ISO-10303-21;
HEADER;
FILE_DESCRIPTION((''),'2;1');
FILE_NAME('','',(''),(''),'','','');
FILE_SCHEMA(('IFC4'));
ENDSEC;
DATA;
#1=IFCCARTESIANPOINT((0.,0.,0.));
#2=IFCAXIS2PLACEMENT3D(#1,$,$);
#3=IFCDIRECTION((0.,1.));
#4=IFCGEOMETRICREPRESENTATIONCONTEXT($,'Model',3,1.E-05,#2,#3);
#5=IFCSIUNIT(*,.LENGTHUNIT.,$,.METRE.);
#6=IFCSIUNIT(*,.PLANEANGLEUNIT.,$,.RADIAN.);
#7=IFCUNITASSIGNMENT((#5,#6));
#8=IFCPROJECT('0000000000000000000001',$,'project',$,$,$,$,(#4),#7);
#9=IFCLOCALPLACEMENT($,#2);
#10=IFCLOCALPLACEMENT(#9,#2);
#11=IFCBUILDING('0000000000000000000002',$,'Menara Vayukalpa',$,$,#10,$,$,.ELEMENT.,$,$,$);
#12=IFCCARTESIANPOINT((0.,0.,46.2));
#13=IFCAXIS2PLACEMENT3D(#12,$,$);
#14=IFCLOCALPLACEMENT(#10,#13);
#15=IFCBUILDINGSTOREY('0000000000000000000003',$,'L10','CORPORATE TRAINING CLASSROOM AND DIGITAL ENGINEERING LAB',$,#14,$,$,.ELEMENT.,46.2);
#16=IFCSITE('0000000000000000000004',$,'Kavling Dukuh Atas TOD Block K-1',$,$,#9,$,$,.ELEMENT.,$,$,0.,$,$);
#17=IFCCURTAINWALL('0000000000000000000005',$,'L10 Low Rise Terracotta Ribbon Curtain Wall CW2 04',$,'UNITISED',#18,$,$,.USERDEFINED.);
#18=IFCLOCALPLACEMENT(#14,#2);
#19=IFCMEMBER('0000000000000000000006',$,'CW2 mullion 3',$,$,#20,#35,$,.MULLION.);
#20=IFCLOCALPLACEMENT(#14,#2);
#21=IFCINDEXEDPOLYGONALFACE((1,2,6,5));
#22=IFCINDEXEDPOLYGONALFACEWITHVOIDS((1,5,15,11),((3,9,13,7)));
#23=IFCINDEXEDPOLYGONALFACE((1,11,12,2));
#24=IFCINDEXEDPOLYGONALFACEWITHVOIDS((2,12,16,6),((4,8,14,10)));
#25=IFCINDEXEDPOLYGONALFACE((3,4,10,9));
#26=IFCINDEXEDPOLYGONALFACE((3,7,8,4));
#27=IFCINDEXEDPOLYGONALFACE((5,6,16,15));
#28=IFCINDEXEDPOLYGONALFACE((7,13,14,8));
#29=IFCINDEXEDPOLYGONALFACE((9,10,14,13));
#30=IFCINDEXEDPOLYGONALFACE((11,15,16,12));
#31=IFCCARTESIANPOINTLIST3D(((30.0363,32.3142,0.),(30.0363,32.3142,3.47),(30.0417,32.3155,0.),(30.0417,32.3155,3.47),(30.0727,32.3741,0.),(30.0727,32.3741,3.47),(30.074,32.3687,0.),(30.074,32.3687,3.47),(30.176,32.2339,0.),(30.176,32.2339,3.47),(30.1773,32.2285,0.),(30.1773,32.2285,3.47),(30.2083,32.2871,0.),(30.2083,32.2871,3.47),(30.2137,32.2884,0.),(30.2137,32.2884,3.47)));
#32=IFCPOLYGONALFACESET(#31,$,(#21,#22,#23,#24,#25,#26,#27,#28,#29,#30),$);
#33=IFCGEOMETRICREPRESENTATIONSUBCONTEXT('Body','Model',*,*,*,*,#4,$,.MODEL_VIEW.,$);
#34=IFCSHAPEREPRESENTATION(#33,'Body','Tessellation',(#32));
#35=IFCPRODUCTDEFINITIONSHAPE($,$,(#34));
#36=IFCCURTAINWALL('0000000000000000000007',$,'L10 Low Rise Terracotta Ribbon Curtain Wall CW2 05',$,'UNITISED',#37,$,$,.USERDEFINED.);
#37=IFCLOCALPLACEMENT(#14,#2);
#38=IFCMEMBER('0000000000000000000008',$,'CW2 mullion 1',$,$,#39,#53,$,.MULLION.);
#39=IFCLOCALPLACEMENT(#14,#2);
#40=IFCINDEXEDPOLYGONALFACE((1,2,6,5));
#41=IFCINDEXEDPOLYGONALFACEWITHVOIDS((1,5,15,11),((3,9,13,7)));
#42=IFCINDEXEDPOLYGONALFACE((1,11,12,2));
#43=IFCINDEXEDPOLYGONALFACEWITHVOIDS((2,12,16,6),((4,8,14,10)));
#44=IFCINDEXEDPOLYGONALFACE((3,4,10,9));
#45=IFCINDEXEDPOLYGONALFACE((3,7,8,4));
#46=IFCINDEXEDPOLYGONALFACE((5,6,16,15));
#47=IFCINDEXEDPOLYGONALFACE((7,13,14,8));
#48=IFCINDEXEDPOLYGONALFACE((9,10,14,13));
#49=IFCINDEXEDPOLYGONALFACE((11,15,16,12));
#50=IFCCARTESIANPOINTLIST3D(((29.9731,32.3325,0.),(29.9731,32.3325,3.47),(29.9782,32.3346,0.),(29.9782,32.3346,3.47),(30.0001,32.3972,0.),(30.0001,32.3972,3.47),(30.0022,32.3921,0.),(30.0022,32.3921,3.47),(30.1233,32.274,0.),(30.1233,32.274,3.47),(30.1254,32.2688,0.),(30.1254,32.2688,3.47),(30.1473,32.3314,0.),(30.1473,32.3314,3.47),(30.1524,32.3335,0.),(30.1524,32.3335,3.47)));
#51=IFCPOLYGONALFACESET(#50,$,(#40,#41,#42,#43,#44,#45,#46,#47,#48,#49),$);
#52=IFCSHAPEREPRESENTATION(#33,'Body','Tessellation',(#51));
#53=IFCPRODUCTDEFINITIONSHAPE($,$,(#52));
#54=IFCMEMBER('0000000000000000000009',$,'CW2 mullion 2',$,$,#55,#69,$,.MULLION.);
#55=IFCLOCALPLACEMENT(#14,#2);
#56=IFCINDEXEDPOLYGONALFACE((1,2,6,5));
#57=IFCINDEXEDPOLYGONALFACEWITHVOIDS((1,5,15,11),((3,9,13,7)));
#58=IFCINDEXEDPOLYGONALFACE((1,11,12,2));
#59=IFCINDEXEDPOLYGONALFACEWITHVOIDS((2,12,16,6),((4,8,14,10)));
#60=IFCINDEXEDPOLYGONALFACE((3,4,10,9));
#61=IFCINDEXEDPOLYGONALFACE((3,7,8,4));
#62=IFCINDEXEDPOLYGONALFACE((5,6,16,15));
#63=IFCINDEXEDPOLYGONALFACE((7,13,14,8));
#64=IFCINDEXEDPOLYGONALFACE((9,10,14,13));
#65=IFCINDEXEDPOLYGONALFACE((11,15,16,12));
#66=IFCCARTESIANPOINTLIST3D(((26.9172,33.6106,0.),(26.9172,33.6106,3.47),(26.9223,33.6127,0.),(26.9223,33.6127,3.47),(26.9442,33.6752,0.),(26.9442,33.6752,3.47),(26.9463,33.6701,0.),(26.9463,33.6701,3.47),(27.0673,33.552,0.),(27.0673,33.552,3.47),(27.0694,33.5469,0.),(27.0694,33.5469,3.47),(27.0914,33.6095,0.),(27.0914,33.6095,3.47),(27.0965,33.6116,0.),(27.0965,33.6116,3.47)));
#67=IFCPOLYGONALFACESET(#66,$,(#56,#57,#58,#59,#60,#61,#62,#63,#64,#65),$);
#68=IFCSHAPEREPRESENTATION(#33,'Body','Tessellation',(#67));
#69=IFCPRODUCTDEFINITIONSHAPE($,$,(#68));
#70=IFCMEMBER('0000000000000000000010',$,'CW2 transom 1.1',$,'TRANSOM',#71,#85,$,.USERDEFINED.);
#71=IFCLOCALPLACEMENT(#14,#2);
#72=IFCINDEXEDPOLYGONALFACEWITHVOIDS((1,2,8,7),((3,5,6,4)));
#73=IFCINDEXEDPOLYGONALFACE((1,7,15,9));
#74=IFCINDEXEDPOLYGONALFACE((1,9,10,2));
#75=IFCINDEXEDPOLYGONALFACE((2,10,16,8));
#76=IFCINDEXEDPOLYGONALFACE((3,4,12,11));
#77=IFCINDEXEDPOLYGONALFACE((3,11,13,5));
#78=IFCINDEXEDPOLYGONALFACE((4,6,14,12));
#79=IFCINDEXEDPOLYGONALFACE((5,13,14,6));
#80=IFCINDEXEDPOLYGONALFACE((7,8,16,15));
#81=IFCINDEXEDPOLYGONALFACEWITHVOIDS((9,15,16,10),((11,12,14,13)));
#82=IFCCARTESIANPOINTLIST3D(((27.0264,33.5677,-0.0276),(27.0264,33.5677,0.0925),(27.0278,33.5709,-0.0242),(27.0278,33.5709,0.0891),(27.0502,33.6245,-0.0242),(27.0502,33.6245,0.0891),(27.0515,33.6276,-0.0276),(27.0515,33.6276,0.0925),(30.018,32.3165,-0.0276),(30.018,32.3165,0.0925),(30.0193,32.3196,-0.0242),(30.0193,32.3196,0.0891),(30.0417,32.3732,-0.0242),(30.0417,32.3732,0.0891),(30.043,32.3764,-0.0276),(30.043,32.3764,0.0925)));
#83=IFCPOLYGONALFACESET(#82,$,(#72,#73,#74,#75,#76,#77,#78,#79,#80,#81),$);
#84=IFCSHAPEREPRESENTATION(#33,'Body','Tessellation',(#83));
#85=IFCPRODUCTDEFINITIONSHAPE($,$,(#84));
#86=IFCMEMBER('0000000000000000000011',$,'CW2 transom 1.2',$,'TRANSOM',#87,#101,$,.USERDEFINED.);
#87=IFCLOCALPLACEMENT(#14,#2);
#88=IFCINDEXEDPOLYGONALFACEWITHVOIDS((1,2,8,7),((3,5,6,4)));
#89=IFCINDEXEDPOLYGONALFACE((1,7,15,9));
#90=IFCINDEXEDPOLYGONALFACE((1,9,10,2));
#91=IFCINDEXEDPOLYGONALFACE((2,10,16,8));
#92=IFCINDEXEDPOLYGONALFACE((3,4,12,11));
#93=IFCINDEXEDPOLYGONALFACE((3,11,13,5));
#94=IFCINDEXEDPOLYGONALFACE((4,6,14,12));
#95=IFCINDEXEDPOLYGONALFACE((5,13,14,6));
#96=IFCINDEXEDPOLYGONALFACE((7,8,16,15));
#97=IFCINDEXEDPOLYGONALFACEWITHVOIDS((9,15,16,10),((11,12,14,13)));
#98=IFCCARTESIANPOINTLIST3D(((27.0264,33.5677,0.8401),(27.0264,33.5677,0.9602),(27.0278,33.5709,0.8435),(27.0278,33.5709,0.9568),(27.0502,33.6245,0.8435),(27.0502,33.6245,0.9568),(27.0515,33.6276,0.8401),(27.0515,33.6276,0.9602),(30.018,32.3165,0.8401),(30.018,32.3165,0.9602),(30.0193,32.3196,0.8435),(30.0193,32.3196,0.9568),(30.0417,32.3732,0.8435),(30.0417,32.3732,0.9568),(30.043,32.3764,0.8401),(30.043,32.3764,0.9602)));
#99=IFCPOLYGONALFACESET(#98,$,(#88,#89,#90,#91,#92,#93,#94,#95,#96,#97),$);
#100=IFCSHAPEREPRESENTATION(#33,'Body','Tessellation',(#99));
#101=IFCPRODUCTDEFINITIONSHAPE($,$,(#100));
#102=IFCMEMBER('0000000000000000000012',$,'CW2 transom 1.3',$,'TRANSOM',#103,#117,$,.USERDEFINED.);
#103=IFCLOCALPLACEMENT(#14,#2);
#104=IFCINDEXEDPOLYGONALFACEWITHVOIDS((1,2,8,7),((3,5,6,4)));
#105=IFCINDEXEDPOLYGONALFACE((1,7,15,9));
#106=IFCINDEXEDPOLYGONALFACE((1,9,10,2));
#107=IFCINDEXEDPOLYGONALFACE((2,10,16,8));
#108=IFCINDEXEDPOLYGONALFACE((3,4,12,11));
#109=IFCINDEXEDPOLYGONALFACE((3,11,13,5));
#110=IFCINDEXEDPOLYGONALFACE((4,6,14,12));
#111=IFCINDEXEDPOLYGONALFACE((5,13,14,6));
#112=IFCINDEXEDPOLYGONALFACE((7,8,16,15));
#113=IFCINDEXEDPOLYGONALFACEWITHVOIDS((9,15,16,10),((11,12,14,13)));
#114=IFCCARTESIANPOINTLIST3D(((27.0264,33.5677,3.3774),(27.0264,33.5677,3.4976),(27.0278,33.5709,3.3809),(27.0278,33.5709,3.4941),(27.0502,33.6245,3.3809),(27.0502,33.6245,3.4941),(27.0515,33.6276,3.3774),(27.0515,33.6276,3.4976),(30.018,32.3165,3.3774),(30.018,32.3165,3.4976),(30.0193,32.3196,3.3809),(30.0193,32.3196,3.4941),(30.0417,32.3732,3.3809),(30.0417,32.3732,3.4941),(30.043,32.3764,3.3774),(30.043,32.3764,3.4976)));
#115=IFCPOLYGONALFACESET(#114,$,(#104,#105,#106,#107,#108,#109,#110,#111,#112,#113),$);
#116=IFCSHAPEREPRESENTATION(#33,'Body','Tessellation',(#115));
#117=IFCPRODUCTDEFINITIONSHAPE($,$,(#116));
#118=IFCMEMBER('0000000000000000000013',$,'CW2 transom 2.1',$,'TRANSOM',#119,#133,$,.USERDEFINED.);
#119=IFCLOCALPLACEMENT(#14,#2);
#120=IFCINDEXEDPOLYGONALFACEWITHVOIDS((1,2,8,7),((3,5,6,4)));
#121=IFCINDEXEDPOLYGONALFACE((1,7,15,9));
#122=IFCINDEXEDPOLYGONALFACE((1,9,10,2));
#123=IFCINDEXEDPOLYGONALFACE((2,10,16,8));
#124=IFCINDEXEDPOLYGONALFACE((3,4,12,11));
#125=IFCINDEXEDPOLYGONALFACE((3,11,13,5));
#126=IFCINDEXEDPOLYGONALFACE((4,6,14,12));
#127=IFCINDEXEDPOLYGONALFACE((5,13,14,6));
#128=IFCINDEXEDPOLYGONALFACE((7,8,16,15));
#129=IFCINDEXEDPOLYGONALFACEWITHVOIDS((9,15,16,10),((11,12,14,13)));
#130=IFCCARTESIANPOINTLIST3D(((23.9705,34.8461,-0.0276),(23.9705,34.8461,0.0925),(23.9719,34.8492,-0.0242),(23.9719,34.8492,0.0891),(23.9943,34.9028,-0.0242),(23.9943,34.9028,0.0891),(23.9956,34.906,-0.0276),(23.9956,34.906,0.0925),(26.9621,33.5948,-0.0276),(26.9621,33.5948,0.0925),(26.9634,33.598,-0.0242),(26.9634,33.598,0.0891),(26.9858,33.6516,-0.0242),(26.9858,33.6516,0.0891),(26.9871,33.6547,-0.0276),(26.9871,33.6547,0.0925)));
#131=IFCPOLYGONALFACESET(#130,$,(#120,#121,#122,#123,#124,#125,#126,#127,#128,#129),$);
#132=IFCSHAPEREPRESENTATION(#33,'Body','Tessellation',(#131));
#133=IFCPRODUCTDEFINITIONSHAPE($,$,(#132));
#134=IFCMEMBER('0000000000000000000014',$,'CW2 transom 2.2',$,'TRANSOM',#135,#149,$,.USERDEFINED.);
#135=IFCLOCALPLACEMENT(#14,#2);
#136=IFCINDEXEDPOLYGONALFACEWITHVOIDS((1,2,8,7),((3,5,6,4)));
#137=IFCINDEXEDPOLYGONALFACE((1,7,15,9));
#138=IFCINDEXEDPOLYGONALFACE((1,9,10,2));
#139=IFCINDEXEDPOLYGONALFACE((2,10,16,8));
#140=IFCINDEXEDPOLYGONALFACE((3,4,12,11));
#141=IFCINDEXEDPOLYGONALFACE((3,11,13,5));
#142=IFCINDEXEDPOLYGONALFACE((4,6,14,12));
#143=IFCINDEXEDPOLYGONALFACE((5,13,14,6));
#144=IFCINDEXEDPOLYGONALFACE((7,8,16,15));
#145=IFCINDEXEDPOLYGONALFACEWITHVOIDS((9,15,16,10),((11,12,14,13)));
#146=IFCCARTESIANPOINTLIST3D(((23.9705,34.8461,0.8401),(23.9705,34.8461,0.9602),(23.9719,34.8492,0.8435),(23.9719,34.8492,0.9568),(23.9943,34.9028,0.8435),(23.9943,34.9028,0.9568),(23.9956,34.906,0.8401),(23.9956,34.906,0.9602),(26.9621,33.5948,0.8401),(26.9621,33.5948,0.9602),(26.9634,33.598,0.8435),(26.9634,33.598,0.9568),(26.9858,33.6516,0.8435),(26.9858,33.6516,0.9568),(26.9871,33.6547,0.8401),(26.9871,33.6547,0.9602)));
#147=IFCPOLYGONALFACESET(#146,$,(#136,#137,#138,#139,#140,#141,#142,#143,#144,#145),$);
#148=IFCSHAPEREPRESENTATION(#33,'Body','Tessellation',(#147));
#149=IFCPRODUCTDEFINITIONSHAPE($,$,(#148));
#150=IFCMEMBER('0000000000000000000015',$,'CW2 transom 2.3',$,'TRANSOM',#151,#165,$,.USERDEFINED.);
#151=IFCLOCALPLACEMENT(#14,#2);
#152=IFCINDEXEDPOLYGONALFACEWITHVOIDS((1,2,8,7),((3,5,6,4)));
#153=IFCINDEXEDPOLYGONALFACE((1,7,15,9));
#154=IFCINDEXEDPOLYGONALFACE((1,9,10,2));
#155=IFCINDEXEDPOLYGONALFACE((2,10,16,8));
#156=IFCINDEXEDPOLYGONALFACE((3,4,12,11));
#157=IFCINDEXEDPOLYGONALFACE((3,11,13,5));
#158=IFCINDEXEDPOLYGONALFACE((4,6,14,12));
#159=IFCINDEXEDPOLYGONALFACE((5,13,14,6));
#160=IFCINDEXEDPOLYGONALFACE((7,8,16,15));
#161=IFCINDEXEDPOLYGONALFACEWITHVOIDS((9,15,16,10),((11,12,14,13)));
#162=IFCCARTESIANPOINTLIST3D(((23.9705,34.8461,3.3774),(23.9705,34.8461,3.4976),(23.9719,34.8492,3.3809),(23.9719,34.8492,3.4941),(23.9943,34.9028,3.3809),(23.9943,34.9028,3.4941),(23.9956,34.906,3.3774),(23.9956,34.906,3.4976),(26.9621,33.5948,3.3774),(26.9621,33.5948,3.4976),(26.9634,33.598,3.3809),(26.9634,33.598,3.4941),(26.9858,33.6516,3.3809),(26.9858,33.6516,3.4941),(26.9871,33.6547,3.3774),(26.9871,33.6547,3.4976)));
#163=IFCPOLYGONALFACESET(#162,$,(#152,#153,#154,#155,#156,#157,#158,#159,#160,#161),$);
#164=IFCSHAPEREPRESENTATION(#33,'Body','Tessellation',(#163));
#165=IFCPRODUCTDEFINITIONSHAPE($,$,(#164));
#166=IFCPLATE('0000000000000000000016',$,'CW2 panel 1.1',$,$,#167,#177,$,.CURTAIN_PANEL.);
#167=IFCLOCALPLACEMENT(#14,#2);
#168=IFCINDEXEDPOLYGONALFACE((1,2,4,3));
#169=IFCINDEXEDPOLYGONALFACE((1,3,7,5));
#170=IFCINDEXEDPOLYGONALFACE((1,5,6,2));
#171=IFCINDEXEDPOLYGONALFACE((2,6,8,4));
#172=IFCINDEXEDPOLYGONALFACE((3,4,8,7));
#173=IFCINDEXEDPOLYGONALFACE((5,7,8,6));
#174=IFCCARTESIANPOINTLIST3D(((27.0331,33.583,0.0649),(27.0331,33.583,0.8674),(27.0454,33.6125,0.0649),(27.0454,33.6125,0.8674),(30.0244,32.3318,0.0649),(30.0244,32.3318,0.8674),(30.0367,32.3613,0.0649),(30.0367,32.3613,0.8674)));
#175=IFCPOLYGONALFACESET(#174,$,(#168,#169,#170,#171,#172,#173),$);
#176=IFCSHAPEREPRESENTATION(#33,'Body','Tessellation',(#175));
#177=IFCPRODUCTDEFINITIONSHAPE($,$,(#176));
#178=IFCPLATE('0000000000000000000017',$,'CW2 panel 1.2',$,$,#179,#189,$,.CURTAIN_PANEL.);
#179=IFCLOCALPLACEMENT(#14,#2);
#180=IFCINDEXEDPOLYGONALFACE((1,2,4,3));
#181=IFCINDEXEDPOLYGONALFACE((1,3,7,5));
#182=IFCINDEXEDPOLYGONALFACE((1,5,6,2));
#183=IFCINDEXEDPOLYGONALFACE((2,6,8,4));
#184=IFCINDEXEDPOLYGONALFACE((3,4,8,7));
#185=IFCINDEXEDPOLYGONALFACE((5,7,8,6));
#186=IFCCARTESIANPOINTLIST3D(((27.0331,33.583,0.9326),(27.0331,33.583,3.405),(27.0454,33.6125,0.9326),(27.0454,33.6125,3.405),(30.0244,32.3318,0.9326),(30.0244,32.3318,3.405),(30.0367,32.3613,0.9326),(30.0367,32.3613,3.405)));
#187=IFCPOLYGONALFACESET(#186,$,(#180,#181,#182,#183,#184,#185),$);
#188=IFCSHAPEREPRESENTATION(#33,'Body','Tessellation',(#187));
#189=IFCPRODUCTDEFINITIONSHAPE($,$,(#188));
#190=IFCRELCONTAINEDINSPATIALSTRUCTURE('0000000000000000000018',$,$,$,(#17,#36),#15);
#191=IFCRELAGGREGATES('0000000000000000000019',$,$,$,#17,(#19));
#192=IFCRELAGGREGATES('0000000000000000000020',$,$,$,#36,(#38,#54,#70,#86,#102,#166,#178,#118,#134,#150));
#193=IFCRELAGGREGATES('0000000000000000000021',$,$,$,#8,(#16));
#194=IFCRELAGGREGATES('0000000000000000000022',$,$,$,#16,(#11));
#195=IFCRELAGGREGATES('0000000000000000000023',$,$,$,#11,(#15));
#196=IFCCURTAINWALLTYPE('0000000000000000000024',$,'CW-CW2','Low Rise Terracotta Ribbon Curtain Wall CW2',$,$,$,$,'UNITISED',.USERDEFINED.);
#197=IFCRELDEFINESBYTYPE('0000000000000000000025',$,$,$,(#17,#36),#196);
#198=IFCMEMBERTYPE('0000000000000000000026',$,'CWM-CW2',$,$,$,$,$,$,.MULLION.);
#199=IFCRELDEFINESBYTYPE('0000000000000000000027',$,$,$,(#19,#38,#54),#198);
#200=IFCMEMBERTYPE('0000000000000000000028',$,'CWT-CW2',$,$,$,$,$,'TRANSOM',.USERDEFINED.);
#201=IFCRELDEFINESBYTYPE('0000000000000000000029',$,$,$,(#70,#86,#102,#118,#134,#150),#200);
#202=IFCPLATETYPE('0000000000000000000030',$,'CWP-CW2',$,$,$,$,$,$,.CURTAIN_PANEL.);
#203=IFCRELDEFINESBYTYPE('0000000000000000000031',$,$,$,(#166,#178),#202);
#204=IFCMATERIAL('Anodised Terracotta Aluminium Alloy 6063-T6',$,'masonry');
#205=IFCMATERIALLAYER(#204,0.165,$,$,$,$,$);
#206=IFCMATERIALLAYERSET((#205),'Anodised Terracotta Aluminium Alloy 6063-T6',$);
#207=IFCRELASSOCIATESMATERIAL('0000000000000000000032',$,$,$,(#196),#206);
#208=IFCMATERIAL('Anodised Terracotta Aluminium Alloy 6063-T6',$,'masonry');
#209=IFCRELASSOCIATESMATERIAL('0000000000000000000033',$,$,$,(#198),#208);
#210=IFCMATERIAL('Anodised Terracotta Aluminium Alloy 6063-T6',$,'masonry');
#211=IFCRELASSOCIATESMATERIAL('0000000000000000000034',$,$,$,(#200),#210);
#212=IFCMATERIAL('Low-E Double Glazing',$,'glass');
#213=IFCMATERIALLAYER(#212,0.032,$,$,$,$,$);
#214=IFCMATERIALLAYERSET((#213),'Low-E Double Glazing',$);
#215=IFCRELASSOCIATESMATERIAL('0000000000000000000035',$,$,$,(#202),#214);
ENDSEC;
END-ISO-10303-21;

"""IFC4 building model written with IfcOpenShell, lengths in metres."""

from ifc_helpers import new_model, si_unit, direction, frame, origin, origin_2d, place, context, subcontext, project, spatial, rectangle, hollow_rectangle, extrude, material, layer, layer_set, material_profile, profile_set, type_object, element, aggregate, save


model = new_model("IFC4")

# Units and contexts
model_context = context("Model", 3, precision=1e-05, world=origin(), true_north=direction((0.0, 1.0)))
body_context = subcontext(model_context, "Body", "Model", "MODEL_VIEW")
ifc_project = project(units=[si_unit("LENGTHUNIT", "METRE"), si_unit("PLANEANGLEUNIT", "RADIAN")], contexts=[model_context])

# Site, building, storey
site_placement = place(None, origin())
site = spatial("IfcSite", under=ifc_project, at=site_placement, Name="Kavling Dukuh Atas TOD Block K-1", CompositionType="ELEMENT", RefElevation=0.0)
building_placement = place(site_placement, origin())
building = spatial("IfcBuilding", under=site, at=building_placement, Name="Menara Vayukalpa", CompositionType="ELEMENT")
storey_placement = place(building_placement, frame((0.0, 0.0, 46.2)))
storey = spatial("IfcBuildingStorey", under=building, at=storey_placement, Name="L10", Description="CORPORATE TRAINING CLASSROOM AND DIGITAL ENGINEERING LAB", CompositionType="ELEMENT", Elevation=46.2)

# Curtain wall, member
ifc_material_1 = material(Name="Anodised Terracotta Aluminium Alloy 6063-T6", Category="masonry")
ifc_layer_1 = layer(ifc_material_1, 0.165)
ifc_layer_set_1 = layer_set([ifc_layer_1], Name="Anodised Terracotta Aluminium Alloy 6063-T6")
curtain_wall_type = type_object("IfcCurtainWallType", Name="CW-CW2", Description="Low Rise Terracotta Ribbon Curtain Wall CW2", ElementType="UNITISED", PredefinedType="USERDEFINED", material=ifc_layer_set_1)
curtain_wall_1_placement = place(storey_placement, origin())
curtain_wall_1 = element("IfcCurtainWall", 1, at=curtain_wall_1_placement, inside=storey, type_object=curtain_wall_type, Name="L10 Low Rise Terracotta Ribbon Curtain Wall CW2 04", ObjectType="UNITISED", PredefinedType="USERDEFINED")
ifc_material_2 = material(Name="Anodised Terracotta Aluminium Alloy 6063-T6", Category="masonry")
ifc_material_profile_1 = material_profile(ifc_material_2, hollow_rectangle(XDim=0.0701, YDim=0.165, WallThickness=0.0039, at=origin_2d()), Name="ALU 70x165x4")
ifc_profile_set_1 = profile_set([ifc_material_profile_1], Name="Anodised Terracotta Aluminium Alloy 6063-T6")
member_type_1 = type_object("IfcMemberType", Name="CWM-CW2", PredefinedType="MULLION", material=ifc_profile_set_1)
member_1_placement = place(storey_placement, frame((30.125, 32.3013, 0.0), z_axis=(0.0, 0.0, 1.0), x_axis=(-0.519182, -0.854664, 0.0)))
member_1 = element("IfcMember", 2, at=member_1_placement, type_object=member_type_1, Name="CW2 mullion 3", PredefinedType="MULLION", context=body_context, shape_type="SweptSolid", body=[
    extrude(hollow_rectangle(XDim=0.0701, YDim=0.165, WallThickness=0.0039, at=origin_2d()), origin(), (0.0, 0.0, 1.0), 3.47),
])
aggregate(curtain_wall_1, [member_1])

# Curtain wall, members, plates
curtain_wall_2_placement = place(storey_placement, origin())
curtain_wall_2 = element("IfcCurtainWall", 3, at=curtain_wall_2_placement, inside=storey, type_object=curtain_wall_type, Name="L10 Low Rise Terracotta Ribbon Curtain Wall CW2 05", ObjectType="UNITISED", PredefinedType="USERDEFINED")
member_2_placement = place(storey_placement, frame((30.0627, 32.333, 0.0), z_axis=(0.0, 0.0, 1.0), x_axis=(-0.385895, -0.922543, 0.0)))
member_2 = element("IfcMember", 4, at=member_2_placement, type_object=member_type_1, Name="CW2 mullion 1", PredefinedType="MULLION", context=body_context, shape_type="SweptSolid", body=[
    extrude(hollow_rectangle(XDim=0.0701, YDim=0.165, WallThickness=0.0039, at=origin_2d()), origin(), (0.0, 0.0, 1.0), 3.47),
])
member_3_placement = place(storey_placement, frame((27.0068, 33.6111, 0.0), z_axis=(0.0, 0.0, 1.0), x_axis=(-0.385895, -0.922543, 0.0)))
member_3 = element("IfcMember", 5, at=member_3_placement, type_object=member_type_1, Name="CW2 mullion 2", PredefinedType="MULLION", context=body_context, shape_type="SweptSolid", body=[
    extrude(hollow_rectangle(XDim=0.0701, YDim=0.165, WallThickness=0.0039, at=origin_2d()), origin(), (0.0, 0.0, 1.0), 3.47),
])
ifc_material_3 = material(Name="Anodised Terracotta Aluminium Alloy 6063-T6", Category="masonry")
ifc_material_profile_2 = material_profile(ifc_material_3, hollow_rectangle(XDim=0.0649, YDim=0.1201, WallThickness=0.0034, at=origin_2d()), Name="ALU 65x120x3.5")
ifc_profile_set_2 = profile_set([ifc_material_profile_2], Name="Anodised Terracotta Aluminium Alloy 6063-T6")
member_type_2 = type_object("IfcMemberType", Name="CWT-CW2", ElementType="TRANSOM", PredefinedType="USERDEFINED", material=ifc_profile_set_2)
member_4_placement = place(storey_placement, frame((30.0305, 32.3464, 0.0325), z_axis=(-0.922553, 0.385871, 0.0), x_axis=(-0.385871, -0.922553, 0.0)))
member_4 = element("IfcMember", 6, at=member_4_placement, type_object=member_type_2, Name="CW2 transom 1.1", ObjectType="TRANSOM", PredefinedType="USERDEFINED", context=body_context, shape_type="SweptSolid", body=[
    extrude(hollow_rectangle(XDim=0.0649, YDim=0.1201, WallThickness=0.0034, at=origin_2d()), origin(), (0.0, 0.0, 1.0), 3.2427),
])
member_5_placement = place(storey_placement, frame((30.0305, 32.3464, 0.9001), z_axis=(-0.922553, 0.385871, 0.0), x_axis=(-0.385871, -0.922553, 0.0)))
member_5 = element("IfcMember", 7, at=member_5_placement, type_object=member_type_2, Name="CW2 transom 1.2", ObjectType="TRANSOM", PredefinedType="USERDEFINED", context=body_context, shape_type="SweptSolid", body=[
    extrude(hollow_rectangle(XDim=0.0649, YDim=0.1201, WallThickness=0.0034, at=origin_2d()), origin(), (0.0, 0.0, 1.0), 3.2427),
])
member_6_placement = place(storey_placement, frame((30.0305, 32.3464, 3.4375), z_axis=(-0.922553, 0.385871, 0.0), x_axis=(-0.385871, -0.922553, 0.0)))
member_6 = element("IfcMember", 8, at=member_6_placement, type_object=member_type_2, Name="CW2 transom 1.3", ObjectType="TRANSOM", PredefinedType="USERDEFINED", context=body_context, shape_type="SweptSolid", body=[
    extrude(hollow_rectangle(XDim=0.0649, YDim=0.1201, WallThickness=0.0034, at=origin_2d()), origin(), (0.0, 0.0, 1.0), 3.2427),
])
member_7_placement = place(storey_placement, frame((26.9746, 33.6248, 0.0325), z_axis=(-0.922553, 0.385871, 0.0), x_axis=(-0.385871, -0.922553, 0.0)))
member_7 = element("IfcMember", 9, at=member_7_placement, type_object=member_type_2, Name="CW2 transom 2.1", ObjectType="TRANSOM", PredefinedType="USERDEFINED", context=body_context, shape_type="SweptSolid", body=[
    extrude(hollow_rectangle(XDim=0.0649, YDim=0.1201, WallThickness=0.0034, at=origin_2d()), origin(), (0.0, 0.0, 1.0), 3.2427),
])
member_8_placement = place(storey_placement, frame((26.9746, 33.6248, 0.9001), z_axis=(-0.922553, 0.385871, 0.0), x_axis=(-0.385871, -0.922553, 0.0)))
member_8 = element("IfcMember", 10, at=member_8_placement, type_object=member_type_2, Name="CW2 transom 2.2", ObjectType="TRANSOM", PredefinedType="USERDEFINED", context=body_context, shape_type="SweptSolid", body=[
    extrude(hollow_rectangle(XDim=0.0649, YDim=0.1201, WallThickness=0.0034, at=origin_2d()), origin(), (0.0, 0.0, 1.0), 3.2427),
])
member_9_placement = place(storey_placement, frame((26.9746, 33.6248, 3.4375), z_axis=(-0.922553, 0.385871, 0.0), x_axis=(-0.385871, -0.922553, 0.0)))
member_9 = element("IfcMember", 11, at=member_9_placement, type_object=member_type_2, Name="CW2 transom 2.3", ObjectType="TRANSOM", PredefinedType="USERDEFINED", context=body_context, shape_type="SweptSolid", body=[
    extrude(hollow_rectangle(XDim=0.0649, YDim=0.1201, WallThickness=0.0034, at=origin_2d()), origin(), (0.0, 0.0, 1.0), 3.2427),
])
ifc_material_4 = material(Name="Low-E Double Glazing", Category="glass")
ifc_layer_2 = layer(ifc_material_4, 0.032)
ifc_layer_set_2 = layer_set([ifc_layer_2], Name="Low-E Double Glazing")
plate_type = type_object("IfcPlateType", Name="CWP-CW2", PredefinedType="CURTAIN_PANEL", material=ifc_layer_set_2)
plate_1_placement = place(storey_placement, frame((28.5349, 32.9722, 0.0649), z_axis=(0.0, 0.0, 1.0), x_axis=(-0.922543, 0.385895, 0.0)))
plate_1 = element("IfcPlate", 12, at=plate_1_placement, type_object=plate_type, Name="CW2 panel 1.1", PredefinedType="CURTAIN_PANEL", context=body_context, shape_type="SweptSolid", body=[
    extrude(rectangle(XDim=3.2424, YDim=0.032, at=origin_2d()), origin(), (0.0, 0.0, 1.0), 0.8025),
])
plate_2_placement = place(storey_placement, frame((28.5349, 32.9722, 0.9326), z_axis=(0.0, 0.0, 1.0), x_axis=(-0.922543, 0.385895, 0.0)))
plate_2 = element("IfcPlate", 13, at=plate_2_placement, type_object=plate_type, Name="CW2 panel 1.2", PredefinedType="CURTAIN_PANEL", context=body_context, shape_type="SweptSolid", body=[
    extrude(rectangle(XDim=3.2424, YDim=0.032, at=origin_2d()), origin(), (0.0, 0.0, 1.0), 2.4724),
])
aggregate(curtain_wall_2, [member_2, member_3, member_4, member_5, member_6, plate_1, plate_2, member_7, member_8, member_9])

save(model, "model.ifc")
